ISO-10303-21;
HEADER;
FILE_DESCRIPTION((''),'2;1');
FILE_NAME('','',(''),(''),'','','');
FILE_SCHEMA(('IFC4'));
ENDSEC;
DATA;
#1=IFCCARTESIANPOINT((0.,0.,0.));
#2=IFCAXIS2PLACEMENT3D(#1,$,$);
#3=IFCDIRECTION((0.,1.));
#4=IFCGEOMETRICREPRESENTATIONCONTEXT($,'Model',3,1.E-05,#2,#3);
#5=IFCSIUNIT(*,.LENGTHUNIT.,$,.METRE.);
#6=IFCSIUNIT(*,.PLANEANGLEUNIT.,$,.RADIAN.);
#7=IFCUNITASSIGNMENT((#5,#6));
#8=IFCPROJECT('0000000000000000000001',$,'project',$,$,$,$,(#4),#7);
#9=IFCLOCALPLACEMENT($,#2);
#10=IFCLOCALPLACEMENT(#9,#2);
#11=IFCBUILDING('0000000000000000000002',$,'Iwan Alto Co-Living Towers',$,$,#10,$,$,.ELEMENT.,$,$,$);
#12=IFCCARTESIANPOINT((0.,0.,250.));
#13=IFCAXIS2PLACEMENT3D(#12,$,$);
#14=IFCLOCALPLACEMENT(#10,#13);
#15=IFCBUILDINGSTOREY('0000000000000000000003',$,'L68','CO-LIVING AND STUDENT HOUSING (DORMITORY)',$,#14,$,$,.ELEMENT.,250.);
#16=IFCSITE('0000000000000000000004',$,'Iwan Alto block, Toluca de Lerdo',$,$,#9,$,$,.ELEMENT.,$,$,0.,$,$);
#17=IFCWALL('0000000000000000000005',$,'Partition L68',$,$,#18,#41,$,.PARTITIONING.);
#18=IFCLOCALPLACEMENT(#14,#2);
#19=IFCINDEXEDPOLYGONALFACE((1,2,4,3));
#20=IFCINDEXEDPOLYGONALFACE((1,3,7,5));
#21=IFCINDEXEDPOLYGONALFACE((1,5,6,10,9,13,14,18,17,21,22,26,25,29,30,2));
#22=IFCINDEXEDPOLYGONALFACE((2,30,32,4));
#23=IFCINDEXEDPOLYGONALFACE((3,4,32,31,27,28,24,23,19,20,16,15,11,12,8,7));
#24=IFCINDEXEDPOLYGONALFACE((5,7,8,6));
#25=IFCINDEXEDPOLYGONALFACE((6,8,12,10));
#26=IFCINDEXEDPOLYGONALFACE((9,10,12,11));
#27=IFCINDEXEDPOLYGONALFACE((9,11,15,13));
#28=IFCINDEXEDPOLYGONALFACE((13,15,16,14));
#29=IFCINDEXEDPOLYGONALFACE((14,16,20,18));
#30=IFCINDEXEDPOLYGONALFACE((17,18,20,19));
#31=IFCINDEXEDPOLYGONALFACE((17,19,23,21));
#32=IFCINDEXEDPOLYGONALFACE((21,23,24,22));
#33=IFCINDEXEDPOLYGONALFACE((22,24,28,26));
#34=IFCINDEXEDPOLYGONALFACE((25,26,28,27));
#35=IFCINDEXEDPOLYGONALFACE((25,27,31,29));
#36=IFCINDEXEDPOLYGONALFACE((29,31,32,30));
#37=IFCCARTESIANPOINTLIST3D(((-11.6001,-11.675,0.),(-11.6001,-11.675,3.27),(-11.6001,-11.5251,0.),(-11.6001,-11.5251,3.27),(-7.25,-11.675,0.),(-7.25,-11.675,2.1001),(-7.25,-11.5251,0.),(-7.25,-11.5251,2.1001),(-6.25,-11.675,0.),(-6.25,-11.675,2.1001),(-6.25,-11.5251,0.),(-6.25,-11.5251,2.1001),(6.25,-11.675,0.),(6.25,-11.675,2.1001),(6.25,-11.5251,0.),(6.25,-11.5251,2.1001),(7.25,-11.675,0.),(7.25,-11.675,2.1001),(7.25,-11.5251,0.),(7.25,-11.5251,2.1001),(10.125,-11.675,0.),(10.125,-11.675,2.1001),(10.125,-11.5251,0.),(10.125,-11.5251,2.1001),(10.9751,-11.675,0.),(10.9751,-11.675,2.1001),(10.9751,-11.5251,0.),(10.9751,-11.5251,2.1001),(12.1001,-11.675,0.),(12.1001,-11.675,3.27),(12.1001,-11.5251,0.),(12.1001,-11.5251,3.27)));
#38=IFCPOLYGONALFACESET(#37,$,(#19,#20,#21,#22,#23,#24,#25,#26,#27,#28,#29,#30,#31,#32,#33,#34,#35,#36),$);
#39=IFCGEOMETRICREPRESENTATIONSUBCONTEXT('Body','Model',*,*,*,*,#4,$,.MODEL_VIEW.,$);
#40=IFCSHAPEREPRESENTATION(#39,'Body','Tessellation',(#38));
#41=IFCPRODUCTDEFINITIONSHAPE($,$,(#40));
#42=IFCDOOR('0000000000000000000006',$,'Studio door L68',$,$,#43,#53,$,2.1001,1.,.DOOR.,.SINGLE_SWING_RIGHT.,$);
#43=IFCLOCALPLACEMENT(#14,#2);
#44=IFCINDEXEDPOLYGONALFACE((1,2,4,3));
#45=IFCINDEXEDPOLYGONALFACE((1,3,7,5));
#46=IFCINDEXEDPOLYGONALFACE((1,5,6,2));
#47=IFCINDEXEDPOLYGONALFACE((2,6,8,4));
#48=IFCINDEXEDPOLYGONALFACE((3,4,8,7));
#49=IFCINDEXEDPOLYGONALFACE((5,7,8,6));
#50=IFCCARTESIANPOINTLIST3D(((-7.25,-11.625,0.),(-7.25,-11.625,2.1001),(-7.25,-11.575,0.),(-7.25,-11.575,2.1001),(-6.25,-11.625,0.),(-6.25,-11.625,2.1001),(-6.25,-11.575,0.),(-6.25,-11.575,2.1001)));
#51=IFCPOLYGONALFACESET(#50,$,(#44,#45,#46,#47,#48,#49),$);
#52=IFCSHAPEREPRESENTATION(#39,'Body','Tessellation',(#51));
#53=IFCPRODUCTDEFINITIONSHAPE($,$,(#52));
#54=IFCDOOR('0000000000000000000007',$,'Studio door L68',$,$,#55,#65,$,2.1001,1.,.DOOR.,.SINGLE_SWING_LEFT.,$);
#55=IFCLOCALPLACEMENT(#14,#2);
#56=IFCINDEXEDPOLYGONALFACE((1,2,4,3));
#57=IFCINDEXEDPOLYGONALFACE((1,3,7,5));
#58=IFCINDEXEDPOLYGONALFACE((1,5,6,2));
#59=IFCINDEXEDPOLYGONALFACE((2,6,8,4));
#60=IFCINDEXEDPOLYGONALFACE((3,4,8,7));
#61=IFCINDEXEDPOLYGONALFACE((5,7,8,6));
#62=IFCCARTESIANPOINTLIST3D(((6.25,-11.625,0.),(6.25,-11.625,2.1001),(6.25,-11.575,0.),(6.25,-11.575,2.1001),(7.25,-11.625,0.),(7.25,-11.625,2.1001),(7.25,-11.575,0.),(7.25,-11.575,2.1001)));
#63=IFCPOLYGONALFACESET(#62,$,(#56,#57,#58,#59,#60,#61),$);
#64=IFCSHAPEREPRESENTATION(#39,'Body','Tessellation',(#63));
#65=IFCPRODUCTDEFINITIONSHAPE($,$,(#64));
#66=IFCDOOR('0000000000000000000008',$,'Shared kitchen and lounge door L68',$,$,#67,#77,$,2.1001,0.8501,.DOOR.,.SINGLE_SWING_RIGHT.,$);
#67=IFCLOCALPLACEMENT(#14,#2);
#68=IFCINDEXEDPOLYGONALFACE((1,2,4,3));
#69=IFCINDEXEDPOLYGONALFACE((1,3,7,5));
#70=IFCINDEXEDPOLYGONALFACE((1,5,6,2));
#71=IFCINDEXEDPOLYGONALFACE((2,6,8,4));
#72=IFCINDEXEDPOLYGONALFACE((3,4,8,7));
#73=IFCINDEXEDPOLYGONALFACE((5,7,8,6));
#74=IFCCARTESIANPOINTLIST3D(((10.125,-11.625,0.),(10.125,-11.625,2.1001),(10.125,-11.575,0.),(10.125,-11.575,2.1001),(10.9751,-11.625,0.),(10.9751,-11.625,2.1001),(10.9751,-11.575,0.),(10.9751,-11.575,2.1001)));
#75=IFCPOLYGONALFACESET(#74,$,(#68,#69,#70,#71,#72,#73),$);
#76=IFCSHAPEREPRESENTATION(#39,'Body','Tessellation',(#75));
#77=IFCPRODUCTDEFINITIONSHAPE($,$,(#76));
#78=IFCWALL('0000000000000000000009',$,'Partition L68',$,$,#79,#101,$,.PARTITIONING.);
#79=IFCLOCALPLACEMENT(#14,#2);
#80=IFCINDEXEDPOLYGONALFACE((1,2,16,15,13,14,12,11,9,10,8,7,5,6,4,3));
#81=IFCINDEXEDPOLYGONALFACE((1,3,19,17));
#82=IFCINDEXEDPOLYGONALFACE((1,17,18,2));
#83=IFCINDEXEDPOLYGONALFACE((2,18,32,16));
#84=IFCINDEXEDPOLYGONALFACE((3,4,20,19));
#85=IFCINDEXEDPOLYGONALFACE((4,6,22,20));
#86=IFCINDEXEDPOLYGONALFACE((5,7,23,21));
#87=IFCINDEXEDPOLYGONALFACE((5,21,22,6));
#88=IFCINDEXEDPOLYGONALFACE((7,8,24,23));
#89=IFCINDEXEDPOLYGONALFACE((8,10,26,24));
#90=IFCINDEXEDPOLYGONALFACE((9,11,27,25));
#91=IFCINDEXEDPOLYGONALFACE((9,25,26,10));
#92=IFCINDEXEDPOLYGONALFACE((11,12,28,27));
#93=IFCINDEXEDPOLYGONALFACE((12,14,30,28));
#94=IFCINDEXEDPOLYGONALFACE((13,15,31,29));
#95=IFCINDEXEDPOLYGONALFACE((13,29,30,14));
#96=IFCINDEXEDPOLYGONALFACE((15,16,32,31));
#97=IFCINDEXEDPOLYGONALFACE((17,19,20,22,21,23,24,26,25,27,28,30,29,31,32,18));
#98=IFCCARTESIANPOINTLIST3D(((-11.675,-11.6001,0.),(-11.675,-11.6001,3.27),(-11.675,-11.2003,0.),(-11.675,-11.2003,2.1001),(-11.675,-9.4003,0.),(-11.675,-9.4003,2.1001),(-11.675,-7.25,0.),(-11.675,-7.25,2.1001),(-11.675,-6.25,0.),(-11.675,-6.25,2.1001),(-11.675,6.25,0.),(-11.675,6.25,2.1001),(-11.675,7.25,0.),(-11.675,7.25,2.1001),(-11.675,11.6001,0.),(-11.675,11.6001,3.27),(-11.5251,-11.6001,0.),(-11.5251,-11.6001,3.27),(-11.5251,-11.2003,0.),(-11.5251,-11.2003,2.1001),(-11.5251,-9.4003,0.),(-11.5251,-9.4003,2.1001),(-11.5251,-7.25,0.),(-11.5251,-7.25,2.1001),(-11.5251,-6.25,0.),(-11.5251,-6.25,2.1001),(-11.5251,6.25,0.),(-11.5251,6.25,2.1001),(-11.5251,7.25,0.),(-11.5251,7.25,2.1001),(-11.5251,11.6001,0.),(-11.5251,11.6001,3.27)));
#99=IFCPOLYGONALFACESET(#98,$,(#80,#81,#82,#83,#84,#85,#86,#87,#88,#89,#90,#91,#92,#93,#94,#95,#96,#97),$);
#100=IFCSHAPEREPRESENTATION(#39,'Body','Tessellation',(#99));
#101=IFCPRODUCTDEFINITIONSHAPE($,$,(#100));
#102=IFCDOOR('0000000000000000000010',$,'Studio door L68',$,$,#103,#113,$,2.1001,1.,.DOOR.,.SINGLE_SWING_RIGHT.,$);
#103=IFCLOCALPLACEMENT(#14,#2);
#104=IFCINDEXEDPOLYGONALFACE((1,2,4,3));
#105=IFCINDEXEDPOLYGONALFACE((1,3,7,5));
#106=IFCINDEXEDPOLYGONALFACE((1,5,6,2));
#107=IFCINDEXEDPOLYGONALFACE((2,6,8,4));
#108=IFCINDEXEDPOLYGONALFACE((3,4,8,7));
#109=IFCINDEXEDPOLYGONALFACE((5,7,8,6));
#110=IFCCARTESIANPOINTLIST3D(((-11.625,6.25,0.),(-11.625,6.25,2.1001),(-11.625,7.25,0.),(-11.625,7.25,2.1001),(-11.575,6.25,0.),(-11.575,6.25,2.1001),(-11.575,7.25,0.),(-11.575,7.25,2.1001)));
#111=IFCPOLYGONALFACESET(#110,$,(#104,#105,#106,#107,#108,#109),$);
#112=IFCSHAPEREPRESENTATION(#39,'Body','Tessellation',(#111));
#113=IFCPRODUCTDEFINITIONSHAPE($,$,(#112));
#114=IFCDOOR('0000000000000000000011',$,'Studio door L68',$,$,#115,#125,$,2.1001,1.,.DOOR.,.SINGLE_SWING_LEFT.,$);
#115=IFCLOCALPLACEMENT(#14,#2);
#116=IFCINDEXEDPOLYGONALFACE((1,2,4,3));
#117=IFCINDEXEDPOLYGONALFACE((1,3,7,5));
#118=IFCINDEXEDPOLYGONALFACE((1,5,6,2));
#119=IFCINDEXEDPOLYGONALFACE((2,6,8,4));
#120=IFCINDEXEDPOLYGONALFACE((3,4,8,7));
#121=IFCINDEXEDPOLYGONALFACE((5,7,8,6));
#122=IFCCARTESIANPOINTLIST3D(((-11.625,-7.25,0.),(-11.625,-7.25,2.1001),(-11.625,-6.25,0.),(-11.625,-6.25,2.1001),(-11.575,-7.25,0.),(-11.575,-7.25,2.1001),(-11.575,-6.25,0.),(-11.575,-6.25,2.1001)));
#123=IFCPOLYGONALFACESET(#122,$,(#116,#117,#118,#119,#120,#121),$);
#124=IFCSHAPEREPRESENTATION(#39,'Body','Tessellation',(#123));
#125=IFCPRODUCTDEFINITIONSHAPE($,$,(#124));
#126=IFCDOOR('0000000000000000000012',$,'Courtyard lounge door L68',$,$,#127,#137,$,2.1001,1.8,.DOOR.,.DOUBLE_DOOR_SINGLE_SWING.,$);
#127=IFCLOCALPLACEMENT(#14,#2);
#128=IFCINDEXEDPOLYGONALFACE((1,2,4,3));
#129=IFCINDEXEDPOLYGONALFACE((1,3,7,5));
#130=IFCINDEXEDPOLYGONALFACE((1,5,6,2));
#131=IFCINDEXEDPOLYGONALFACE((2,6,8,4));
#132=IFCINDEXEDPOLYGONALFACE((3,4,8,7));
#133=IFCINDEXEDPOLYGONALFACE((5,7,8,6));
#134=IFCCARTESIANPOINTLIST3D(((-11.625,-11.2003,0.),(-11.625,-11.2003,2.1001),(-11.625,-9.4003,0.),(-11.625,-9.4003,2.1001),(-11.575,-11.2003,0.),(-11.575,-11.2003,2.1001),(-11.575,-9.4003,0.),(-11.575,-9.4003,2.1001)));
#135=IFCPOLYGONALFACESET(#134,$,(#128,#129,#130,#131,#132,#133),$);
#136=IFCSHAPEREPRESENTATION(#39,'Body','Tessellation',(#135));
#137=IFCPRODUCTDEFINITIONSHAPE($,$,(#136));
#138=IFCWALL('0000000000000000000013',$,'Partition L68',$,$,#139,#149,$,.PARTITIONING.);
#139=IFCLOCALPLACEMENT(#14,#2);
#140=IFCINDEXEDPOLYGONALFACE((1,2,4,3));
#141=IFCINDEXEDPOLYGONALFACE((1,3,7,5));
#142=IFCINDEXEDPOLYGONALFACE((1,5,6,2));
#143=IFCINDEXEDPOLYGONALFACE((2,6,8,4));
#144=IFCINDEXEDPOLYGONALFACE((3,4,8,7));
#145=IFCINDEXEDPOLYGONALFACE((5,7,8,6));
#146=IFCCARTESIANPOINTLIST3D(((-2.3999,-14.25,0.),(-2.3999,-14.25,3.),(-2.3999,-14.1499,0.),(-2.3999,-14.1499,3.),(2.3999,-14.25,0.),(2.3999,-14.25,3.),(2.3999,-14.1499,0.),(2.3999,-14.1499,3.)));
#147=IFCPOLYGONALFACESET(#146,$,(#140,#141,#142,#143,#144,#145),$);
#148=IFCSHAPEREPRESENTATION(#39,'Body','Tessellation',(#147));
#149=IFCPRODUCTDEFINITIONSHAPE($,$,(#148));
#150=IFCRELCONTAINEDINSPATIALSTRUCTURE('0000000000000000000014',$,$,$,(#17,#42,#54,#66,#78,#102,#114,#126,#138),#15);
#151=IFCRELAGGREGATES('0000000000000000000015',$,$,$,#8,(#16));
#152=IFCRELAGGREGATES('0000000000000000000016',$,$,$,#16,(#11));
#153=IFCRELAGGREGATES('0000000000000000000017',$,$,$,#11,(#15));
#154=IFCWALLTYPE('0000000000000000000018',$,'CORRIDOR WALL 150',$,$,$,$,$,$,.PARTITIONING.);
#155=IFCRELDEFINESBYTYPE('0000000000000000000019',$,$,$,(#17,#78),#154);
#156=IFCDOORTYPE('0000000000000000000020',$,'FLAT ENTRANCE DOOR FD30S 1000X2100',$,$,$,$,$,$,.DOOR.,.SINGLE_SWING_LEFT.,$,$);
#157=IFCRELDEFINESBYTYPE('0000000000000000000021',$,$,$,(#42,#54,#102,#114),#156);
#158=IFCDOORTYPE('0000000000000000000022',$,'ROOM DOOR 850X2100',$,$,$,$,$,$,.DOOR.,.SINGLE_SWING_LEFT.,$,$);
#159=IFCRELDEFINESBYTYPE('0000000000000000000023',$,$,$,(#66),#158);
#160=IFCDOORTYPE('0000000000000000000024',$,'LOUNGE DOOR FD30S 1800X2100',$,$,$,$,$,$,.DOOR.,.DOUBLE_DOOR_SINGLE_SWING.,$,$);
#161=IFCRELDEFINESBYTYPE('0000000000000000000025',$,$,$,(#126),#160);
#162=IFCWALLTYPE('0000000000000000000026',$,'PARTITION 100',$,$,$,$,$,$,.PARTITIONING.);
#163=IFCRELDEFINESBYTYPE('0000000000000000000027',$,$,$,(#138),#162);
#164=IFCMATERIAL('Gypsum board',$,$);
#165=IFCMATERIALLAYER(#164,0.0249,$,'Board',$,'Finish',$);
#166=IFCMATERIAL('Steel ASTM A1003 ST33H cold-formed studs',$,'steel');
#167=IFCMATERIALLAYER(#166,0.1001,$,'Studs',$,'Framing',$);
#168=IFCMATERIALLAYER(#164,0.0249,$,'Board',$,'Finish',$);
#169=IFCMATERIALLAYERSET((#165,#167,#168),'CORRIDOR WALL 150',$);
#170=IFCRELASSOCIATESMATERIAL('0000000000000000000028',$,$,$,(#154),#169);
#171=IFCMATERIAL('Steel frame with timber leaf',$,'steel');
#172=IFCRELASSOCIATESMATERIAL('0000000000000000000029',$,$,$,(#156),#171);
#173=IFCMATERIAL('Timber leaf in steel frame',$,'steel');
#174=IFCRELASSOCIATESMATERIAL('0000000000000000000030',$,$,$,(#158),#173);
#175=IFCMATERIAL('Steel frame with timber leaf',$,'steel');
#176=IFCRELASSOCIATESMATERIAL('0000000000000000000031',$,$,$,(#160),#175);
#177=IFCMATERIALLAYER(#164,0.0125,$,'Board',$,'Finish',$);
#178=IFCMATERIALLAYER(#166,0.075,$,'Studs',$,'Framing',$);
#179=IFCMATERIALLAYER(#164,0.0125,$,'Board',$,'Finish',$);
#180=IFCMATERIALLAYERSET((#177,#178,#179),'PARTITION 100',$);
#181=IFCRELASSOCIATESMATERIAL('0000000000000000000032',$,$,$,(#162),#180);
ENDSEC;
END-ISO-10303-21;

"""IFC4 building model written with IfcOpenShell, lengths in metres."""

from ifc_helpers import new_model, si_unit, direction, frame, frame_2d, origin, place, context, subcontext, project, spatial, rectangle, extrude, material, layer, layer_set, type_object, element, fill, save


model = new_model("IFC4")

# Units and contexts
model_context = context("Model", 3, precision=1e-05, world=origin(), true_north=direction((0.0, 1.0)))
body_context = subcontext(model_context, "Body", "Model", "MODEL_VIEW")
ifc_project = project(units=[si_unit("LENGTHUNIT", "METRE"), si_unit("PLANEANGLEUNIT", "RADIAN")], contexts=[model_context])

# Site, building, storey
site_placement = place(None, origin())
site = spatial("IfcSite", under=ifc_project, at=site_placement, Name="Iwan Alto block, Toluca de Lerdo", CompositionType="ELEMENT", RefElevation=0.0)
building_placement = place(site_placement, origin())
building = spatial("IfcBuilding", under=site, at=building_placement, Name="Iwan Alto Co-Living Towers", CompositionType="ELEMENT")
storey_placement = place(building_placement, frame((0.0, 0.0, 250.0)))
storey = spatial("IfcBuildingStorey", under=building, at=storey_placement, Name="L68", Description="CO-LIVING AND STUDENT HOUSING (DORMITORY)", CompositionType="ELEMENT", Elevation=250.0)

# Walls, openings, doors
ifc_material_1 = material(Name="Gypsum board")
ifc_layer_1 = layer(ifc_material_1, 0.0249, Name="Board", Category="Finish")
ifc_material_2 = material(Name="Steel ASTM A1003 ST33H cold-formed studs", Category="steel")
ifc_layer_2 = layer(ifc_material_2, 0.1001, Name="Studs", Category="Framing")
ifc_layer_3 = layer(ifc_material_1, 0.0249, Name="Board", Category="Finish")
ifc_layer_set_1 = layer_set([ifc_layer_1, ifc_layer_2, ifc_layer_3], Name="CORRIDOR WALL 150")
wall_type_1 = type_object("IfcWallType", Name="CORRIDOR WALL 150", PredefinedType="PARTITIONING", material=ifc_layer_set_1)
wall_1_placement = place(storey_placement, frame((-11.6001, -11.6001, 0.0), z_axis=(0.0, 0.0, 1.0), x_axis=(1.0, 0.0, 0.0)))
wall_1 = element("IfcWall", 1, at=wall_1_placement, inside=storey, type_object=wall_type_1, Name="Partition L68", PredefinedType="PARTITIONING", context=body_context, shape_type="SweptSolid", body=[
    extrude(rectangle(XDim=23.7002, YDim=0.1499, at=frame_2d((11.8501, 0.0))), origin(), (0.0, 0.0, 1.0), 3.27),
])
opening_1_placement = place(wall_1_placement, frame((4.3501, 0.0, 0.0)))
opening_1 = element("IfcOpeningElement", 2, at=opening_1_placement, cuts=wall_1, PredefinedType="OPENING", context=body_context, shape_type="SweptSolid", body=[
    extrude(rectangle(XDim=1.0, YDim=2.1001, at=frame_2d((0.5, 1.05))), frame((0.0, 0.085, 0.0), z_axis=(0.0, -1.0, 0.0), x_axis=(1.0, 0.0, 0.0)), (0.0, 0.0, 1.0), 0.1699),
])
opening_2_placement = place(wall_1_placement, frame((17.8501, 0.0, 0.0)))
opening_2 = element("IfcOpeningElement", 3, at=opening_2_placement, cuts=wall_1, PredefinedType="OPENING", context=body_context, shape_type="SweptSolid", body=[
    extrude(rectangle(XDim=1.0, YDim=2.1001, at=frame_2d((0.5, 1.05))), frame((0.0, 0.085, 0.0), z_axis=(0.0, -1.0, 0.0), x_axis=(1.0, 0.0, 0.0)), (0.0, 0.0, 1.0), 0.1699),
])
opening_3_placement = place(wall_1_placement, frame((21.7251, 0.0, 0.0)))
opening_3 = element("IfcOpeningElement", 4, at=opening_3_placement, cuts=wall_1, PredefinedType="OPENING", context=body_context, shape_type="SweptSolid", body=[
    extrude(rectangle(XDim=0.8501, YDim=2.1001, at=frame_2d((0.425, 1.05))), frame((0.0, 0.085, 0.0), z_axis=(0.0, -1.0, 0.0), x_axis=(1.0, 0.0, 0.0)), (0.0, 0.0, 1.0), 0.1699),
])
ifc_material_3 = material(Name="Steel frame with timber leaf", Category="steel")
door_type_1 = type_object("IfcDoorType", Name="FLAT ENTRANCE DOOR FD30S 1000X2100", OperationType="SINGLE_SWING_LEFT", PredefinedType="DOOR", material=ifc_material_3)
door_1_placement = place(opening_1_placement, frame((1.0, 0.0, 0.0), z_axis=(0.0, 0.0, 1.0), x_axis=(-1.0, 0.0, 0.0)))
door_1 = element("IfcDoor", 5, at=door_1_placement, inside=storey, type_object=door_type_1, Name="Studio door L68", OperationType="SINGLE_SWING_RIGHT", OverallHeight=2.1001, OverallWidth=1.0, PredefinedType="DOOR", context=body_context, shape_type="SweptSolid", body=[
    extrude(rectangle(XDim=1.0, YDim=2.1001, at=frame_2d((0.5, 1.05))), frame((0.0, 0.0249, 0.0), z_axis=(0.0, -1.0, 0.0), x_axis=(1.0, 0.0, 0.0)), (0.0, 0.0, 1.0), 0.05),
])
fill(opening_1, door_1)
door_2_placement = place(opening_2_placement, frame((1.0, 0.0, 0.0), z_axis=(0.0, 0.0, 1.0), x_axis=(-1.0, 0.0, 0.0)))
door_2 = element("IfcDoor", 6, at=door_2_placement, inside=storey, type_object=door_type_1, Name="Studio door L68", OperationType="SINGLE_SWING_LEFT", OverallHeight=2.1001, OverallWidth=1.0, PredefinedType="DOOR", context=body_context, shape_type="SweptSolid", body=[
    extrude(rectangle(XDim=1.0, YDim=2.1001, at=frame_2d((0.5, 1.05))), frame((0.0, 0.0249, 0.0), z_axis=(0.0, -1.0, 0.0), x_axis=(1.0, 0.0, 0.0)), (0.0, 0.0, 1.0), 0.05),
])
fill(opening_2, door_2)
ifc_material_4 = material(Name="Timber leaf in steel frame", Category="steel")
door_type_2 = type_object("IfcDoorType", Name="ROOM DOOR 850X2100", OperationType="SINGLE_SWING_LEFT", PredefinedType="DOOR", material=ifc_material_4)
door_3_placement = place(opening_3_placement, frame((0.8501, 0.0, 0.0), z_axis=(0.0, 0.0, 1.0), x_axis=(-1.0, 0.0, 0.0)))
door_3 = element("IfcDoor", 7, at=door_3_placement, inside=storey, type_object=door_type_2, Name="Shared kitchen and lounge door L68", OperationType="SINGLE_SWING_RIGHT", OverallHeight=2.1001, OverallWidth=0.8501, PredefinedType="DOOR", context=body_context, shape_type="SweptSolid", body=[
    extrude(rectangle(XDim=0.8501, YDim=2.1001, at=frame_2d((0.425, 1.05))), frame((0.0, 0.0249, 0.0), z_axis=(0.0, -1.0, 0.0), x_axis=(1.0, 0.0, 0.0)), (0.0, 0.0, 1.0), 0.05),
])
fill(opening_3, door_3)
wall_2_placement = place(storey_placement, frame((-11.6001, -11.6001, 0.0), z_axis=(0.0, 0.0, 1.0), x_axis=(0.0, 1.0, 0.0)))
wall_2 = element("IfcWall", 8, at=wall_2_placement, inside=storey, type_object=wall_type_1, Name="Partition L68", PredefinedType="PARTITIONING", context=body_context, shape_type="SweptSolid", body=[
    extrude(rectangle(XDim=23.2002, YDim=0.1499, at=frame_2d((11.6001, 0.0))), origin(), (0.0, 0.0, 1.0), 3.27),
])
opening_4_placement = place(wall_2_placement, frame((17.8501, 0.0, 0.0)))
opening_4 = element("IfcOpeningElement", 9, at=opening_4_placement, cuts=wall_2, PredefinedType="OPENING", context=body_context, shape_type="SweptSolid", body=[
    extrude(rectangle(XDim=1.0, YDim=2.1001, at=frame_2d((0.5, 1.05))), frame((0.0, 0.085, 0.0), z_axis=(0.0, -1.0, 0.0), x_axis=(1.0, 0.0, 0.0)), (0.0, 0.0, 1.0), 0.1699),
])
opening_5_placement = place(wall_2_placement, frame((4.3501, 0.0, 0.0)))
opening_5 = element("IfcOpeningElement", 10, at=opening_5_placement, cuts=wall_2, PredefinedType="OPENING", context=body_context, shape_type="SweptSolid", body=[
    extrude(rectangle(XDim=1.0, YDim=2.1001, at=frame_2d((0.5, 1.05))), frame((0.0, 0.085, 0.0), z_axis=(0.0, -1.0, 0.0), x_axis=(1.0, 0.0, 0.0)), (0.0, 0.0, 1.0), 0.1699),
])
opening_6_placement = place(wall_2_placement, frame((0.3999, 0.0, 0.0)))
opening_6 = element("IfcOpeningElement", 11, at=opening_6_placement, cuts=wall_2, PredefinedType="OPENING", context=body_context, shape_type="SweptSolid", body=[
    extrude(rectangle(XDim=1.8, YDim=2.1001, at=frame_2d((0.8999, 1.05))), frame((0.0, 0.085, 0.0), z_axis=(0.0, -1.0, 0.0), x_axis=(1.0, 0.0, 0.0)), (0.0, 0.0, 1.0), 0.1699),
])
door_4_placement = place(opening_4_placement, origin())
door_4 = element("IfcDoor", 12, at=door_4_placement, inside=storey, type_object=door_type_1, Name="Studio door L68", OperationType="SINGLE_SWING_RIGHT", OverallHeight=2.1001, OverallWidth=1.0, PredefinedType="DOOR", context=body_context, shape_type="SweptSolid", body=[
    extrude(rectangle(XDim=1.0, YDim=2.1001, at=frame_2d((0.5, 1.05))), frame((0.0, 0.0249, 0.0), z_axis=(0.0, -1.0, 0.0), x_axis=(1.0, 0.0, 0.0)), (0.0, 0.0, 1.0), 0.05),
])
fill(opening_4, door_4)
door_5_placement = place(opening_5_placement, origin())
door_5 = element("IfcDoor", 13, at=door_5_placement, inside=storey, type_object=door_type_1, Name="Studio door L68", OperationType="SINGLE_SWING_LEFT", OverallHeight=2.1001, OverallWidth=1.0, PredefinedType="DOOR", context=body_context, shape_type="SweptSolid", body=[
    extrude(rectangle(XDim=1.0, YDim=2.1001, at=frame_2d((0.5, 1.05))), frame((0.0, 0.0249, 0.0), z_axis=(0.0, -1.0, 0.0), x_axis=(1.0, 0.0, 0.0)), (0.0, 0.0, 1.0), 0.05),
])
fill(opening_5, door_5)
ifc_material_5 = material(Name="Steel frame with timber leaf", Category="steel")
door_type_3 = type_object("IfcDoorType", Name="LOUNGE DOOR FD30S 1800X2100", OperationType="DOUBLE_DOOR_SINGLE_SWING", PredefinedType="DOOR", material=ifc_material_5)
door_6_placement = place(opening_6_placement, origin())
door_6 = element("IfcDoor", 14, at=door_6_placement, inside=storey, type_object=door_type_3, Name="Courtyard lounge door L68", OperationType="DOUBLE_DOOR_SINGLE_SWING", OverallHeight=2.1001, OverallWidth=1.8, PredefinedType="DOOR", context=body_context, shape_type="SweptSolid", body=[
    extrude(rectangle(XDim=1.8, YDim=2.1001, at=frame_2d((0.8999, 1.05))), frame((0.0, 0.0249, 0.0), z_axis=(0.0, -1.0, 0.0), x_axis=(1.0, 0.0, 0.0)), (0.0, 0.0, 1.0), 0.05),
])
fill(opening_6, door_6)

# Wall
ifc_layer_4 = layer(ifc_material_1, 0.0125, Name="Board", Category="Finish")
ifc_layer_5 = layer(ifc_material_2, 0.075, Name="Studs", Category="Framing")
ifc_layer_6 = layer(ifc_material_1, 0.0125, Name="Board", Category="Finish")
ifc_layer_set_2 = layer_set([ifc_layer_4, ifc_layer_5, ifc_layer_6], Name="PARTITION 100")
wall_type_2 = type_object("IfcWallType", Name="PARTITION 100", PredefinedType="PARTITIONING", material=ifc_layer_set_2)
wall_3_placement = place(storey_placement, frame((-2.3999, -14.2, 0.0), z_axis=(0.0, 0.0, 1.0), x_axis=(1.0, 0.0, 0.0)))
element("IfcWall", 15, at=wall_3_placement, inside=storey, type_object=wall_type_2, Name="Partition L68", PredefinedType="PARTITIONING", context=body_context, shape_type="SweptSolid", body=[
    extrude(rectangle(XDim=4.7998, YDim=0.1001, at=frame_2d((2.3999, 0.0))), origin(), (0.0, 0.0, 1.0), 3.0),
])

save(model, "model.ifc")
